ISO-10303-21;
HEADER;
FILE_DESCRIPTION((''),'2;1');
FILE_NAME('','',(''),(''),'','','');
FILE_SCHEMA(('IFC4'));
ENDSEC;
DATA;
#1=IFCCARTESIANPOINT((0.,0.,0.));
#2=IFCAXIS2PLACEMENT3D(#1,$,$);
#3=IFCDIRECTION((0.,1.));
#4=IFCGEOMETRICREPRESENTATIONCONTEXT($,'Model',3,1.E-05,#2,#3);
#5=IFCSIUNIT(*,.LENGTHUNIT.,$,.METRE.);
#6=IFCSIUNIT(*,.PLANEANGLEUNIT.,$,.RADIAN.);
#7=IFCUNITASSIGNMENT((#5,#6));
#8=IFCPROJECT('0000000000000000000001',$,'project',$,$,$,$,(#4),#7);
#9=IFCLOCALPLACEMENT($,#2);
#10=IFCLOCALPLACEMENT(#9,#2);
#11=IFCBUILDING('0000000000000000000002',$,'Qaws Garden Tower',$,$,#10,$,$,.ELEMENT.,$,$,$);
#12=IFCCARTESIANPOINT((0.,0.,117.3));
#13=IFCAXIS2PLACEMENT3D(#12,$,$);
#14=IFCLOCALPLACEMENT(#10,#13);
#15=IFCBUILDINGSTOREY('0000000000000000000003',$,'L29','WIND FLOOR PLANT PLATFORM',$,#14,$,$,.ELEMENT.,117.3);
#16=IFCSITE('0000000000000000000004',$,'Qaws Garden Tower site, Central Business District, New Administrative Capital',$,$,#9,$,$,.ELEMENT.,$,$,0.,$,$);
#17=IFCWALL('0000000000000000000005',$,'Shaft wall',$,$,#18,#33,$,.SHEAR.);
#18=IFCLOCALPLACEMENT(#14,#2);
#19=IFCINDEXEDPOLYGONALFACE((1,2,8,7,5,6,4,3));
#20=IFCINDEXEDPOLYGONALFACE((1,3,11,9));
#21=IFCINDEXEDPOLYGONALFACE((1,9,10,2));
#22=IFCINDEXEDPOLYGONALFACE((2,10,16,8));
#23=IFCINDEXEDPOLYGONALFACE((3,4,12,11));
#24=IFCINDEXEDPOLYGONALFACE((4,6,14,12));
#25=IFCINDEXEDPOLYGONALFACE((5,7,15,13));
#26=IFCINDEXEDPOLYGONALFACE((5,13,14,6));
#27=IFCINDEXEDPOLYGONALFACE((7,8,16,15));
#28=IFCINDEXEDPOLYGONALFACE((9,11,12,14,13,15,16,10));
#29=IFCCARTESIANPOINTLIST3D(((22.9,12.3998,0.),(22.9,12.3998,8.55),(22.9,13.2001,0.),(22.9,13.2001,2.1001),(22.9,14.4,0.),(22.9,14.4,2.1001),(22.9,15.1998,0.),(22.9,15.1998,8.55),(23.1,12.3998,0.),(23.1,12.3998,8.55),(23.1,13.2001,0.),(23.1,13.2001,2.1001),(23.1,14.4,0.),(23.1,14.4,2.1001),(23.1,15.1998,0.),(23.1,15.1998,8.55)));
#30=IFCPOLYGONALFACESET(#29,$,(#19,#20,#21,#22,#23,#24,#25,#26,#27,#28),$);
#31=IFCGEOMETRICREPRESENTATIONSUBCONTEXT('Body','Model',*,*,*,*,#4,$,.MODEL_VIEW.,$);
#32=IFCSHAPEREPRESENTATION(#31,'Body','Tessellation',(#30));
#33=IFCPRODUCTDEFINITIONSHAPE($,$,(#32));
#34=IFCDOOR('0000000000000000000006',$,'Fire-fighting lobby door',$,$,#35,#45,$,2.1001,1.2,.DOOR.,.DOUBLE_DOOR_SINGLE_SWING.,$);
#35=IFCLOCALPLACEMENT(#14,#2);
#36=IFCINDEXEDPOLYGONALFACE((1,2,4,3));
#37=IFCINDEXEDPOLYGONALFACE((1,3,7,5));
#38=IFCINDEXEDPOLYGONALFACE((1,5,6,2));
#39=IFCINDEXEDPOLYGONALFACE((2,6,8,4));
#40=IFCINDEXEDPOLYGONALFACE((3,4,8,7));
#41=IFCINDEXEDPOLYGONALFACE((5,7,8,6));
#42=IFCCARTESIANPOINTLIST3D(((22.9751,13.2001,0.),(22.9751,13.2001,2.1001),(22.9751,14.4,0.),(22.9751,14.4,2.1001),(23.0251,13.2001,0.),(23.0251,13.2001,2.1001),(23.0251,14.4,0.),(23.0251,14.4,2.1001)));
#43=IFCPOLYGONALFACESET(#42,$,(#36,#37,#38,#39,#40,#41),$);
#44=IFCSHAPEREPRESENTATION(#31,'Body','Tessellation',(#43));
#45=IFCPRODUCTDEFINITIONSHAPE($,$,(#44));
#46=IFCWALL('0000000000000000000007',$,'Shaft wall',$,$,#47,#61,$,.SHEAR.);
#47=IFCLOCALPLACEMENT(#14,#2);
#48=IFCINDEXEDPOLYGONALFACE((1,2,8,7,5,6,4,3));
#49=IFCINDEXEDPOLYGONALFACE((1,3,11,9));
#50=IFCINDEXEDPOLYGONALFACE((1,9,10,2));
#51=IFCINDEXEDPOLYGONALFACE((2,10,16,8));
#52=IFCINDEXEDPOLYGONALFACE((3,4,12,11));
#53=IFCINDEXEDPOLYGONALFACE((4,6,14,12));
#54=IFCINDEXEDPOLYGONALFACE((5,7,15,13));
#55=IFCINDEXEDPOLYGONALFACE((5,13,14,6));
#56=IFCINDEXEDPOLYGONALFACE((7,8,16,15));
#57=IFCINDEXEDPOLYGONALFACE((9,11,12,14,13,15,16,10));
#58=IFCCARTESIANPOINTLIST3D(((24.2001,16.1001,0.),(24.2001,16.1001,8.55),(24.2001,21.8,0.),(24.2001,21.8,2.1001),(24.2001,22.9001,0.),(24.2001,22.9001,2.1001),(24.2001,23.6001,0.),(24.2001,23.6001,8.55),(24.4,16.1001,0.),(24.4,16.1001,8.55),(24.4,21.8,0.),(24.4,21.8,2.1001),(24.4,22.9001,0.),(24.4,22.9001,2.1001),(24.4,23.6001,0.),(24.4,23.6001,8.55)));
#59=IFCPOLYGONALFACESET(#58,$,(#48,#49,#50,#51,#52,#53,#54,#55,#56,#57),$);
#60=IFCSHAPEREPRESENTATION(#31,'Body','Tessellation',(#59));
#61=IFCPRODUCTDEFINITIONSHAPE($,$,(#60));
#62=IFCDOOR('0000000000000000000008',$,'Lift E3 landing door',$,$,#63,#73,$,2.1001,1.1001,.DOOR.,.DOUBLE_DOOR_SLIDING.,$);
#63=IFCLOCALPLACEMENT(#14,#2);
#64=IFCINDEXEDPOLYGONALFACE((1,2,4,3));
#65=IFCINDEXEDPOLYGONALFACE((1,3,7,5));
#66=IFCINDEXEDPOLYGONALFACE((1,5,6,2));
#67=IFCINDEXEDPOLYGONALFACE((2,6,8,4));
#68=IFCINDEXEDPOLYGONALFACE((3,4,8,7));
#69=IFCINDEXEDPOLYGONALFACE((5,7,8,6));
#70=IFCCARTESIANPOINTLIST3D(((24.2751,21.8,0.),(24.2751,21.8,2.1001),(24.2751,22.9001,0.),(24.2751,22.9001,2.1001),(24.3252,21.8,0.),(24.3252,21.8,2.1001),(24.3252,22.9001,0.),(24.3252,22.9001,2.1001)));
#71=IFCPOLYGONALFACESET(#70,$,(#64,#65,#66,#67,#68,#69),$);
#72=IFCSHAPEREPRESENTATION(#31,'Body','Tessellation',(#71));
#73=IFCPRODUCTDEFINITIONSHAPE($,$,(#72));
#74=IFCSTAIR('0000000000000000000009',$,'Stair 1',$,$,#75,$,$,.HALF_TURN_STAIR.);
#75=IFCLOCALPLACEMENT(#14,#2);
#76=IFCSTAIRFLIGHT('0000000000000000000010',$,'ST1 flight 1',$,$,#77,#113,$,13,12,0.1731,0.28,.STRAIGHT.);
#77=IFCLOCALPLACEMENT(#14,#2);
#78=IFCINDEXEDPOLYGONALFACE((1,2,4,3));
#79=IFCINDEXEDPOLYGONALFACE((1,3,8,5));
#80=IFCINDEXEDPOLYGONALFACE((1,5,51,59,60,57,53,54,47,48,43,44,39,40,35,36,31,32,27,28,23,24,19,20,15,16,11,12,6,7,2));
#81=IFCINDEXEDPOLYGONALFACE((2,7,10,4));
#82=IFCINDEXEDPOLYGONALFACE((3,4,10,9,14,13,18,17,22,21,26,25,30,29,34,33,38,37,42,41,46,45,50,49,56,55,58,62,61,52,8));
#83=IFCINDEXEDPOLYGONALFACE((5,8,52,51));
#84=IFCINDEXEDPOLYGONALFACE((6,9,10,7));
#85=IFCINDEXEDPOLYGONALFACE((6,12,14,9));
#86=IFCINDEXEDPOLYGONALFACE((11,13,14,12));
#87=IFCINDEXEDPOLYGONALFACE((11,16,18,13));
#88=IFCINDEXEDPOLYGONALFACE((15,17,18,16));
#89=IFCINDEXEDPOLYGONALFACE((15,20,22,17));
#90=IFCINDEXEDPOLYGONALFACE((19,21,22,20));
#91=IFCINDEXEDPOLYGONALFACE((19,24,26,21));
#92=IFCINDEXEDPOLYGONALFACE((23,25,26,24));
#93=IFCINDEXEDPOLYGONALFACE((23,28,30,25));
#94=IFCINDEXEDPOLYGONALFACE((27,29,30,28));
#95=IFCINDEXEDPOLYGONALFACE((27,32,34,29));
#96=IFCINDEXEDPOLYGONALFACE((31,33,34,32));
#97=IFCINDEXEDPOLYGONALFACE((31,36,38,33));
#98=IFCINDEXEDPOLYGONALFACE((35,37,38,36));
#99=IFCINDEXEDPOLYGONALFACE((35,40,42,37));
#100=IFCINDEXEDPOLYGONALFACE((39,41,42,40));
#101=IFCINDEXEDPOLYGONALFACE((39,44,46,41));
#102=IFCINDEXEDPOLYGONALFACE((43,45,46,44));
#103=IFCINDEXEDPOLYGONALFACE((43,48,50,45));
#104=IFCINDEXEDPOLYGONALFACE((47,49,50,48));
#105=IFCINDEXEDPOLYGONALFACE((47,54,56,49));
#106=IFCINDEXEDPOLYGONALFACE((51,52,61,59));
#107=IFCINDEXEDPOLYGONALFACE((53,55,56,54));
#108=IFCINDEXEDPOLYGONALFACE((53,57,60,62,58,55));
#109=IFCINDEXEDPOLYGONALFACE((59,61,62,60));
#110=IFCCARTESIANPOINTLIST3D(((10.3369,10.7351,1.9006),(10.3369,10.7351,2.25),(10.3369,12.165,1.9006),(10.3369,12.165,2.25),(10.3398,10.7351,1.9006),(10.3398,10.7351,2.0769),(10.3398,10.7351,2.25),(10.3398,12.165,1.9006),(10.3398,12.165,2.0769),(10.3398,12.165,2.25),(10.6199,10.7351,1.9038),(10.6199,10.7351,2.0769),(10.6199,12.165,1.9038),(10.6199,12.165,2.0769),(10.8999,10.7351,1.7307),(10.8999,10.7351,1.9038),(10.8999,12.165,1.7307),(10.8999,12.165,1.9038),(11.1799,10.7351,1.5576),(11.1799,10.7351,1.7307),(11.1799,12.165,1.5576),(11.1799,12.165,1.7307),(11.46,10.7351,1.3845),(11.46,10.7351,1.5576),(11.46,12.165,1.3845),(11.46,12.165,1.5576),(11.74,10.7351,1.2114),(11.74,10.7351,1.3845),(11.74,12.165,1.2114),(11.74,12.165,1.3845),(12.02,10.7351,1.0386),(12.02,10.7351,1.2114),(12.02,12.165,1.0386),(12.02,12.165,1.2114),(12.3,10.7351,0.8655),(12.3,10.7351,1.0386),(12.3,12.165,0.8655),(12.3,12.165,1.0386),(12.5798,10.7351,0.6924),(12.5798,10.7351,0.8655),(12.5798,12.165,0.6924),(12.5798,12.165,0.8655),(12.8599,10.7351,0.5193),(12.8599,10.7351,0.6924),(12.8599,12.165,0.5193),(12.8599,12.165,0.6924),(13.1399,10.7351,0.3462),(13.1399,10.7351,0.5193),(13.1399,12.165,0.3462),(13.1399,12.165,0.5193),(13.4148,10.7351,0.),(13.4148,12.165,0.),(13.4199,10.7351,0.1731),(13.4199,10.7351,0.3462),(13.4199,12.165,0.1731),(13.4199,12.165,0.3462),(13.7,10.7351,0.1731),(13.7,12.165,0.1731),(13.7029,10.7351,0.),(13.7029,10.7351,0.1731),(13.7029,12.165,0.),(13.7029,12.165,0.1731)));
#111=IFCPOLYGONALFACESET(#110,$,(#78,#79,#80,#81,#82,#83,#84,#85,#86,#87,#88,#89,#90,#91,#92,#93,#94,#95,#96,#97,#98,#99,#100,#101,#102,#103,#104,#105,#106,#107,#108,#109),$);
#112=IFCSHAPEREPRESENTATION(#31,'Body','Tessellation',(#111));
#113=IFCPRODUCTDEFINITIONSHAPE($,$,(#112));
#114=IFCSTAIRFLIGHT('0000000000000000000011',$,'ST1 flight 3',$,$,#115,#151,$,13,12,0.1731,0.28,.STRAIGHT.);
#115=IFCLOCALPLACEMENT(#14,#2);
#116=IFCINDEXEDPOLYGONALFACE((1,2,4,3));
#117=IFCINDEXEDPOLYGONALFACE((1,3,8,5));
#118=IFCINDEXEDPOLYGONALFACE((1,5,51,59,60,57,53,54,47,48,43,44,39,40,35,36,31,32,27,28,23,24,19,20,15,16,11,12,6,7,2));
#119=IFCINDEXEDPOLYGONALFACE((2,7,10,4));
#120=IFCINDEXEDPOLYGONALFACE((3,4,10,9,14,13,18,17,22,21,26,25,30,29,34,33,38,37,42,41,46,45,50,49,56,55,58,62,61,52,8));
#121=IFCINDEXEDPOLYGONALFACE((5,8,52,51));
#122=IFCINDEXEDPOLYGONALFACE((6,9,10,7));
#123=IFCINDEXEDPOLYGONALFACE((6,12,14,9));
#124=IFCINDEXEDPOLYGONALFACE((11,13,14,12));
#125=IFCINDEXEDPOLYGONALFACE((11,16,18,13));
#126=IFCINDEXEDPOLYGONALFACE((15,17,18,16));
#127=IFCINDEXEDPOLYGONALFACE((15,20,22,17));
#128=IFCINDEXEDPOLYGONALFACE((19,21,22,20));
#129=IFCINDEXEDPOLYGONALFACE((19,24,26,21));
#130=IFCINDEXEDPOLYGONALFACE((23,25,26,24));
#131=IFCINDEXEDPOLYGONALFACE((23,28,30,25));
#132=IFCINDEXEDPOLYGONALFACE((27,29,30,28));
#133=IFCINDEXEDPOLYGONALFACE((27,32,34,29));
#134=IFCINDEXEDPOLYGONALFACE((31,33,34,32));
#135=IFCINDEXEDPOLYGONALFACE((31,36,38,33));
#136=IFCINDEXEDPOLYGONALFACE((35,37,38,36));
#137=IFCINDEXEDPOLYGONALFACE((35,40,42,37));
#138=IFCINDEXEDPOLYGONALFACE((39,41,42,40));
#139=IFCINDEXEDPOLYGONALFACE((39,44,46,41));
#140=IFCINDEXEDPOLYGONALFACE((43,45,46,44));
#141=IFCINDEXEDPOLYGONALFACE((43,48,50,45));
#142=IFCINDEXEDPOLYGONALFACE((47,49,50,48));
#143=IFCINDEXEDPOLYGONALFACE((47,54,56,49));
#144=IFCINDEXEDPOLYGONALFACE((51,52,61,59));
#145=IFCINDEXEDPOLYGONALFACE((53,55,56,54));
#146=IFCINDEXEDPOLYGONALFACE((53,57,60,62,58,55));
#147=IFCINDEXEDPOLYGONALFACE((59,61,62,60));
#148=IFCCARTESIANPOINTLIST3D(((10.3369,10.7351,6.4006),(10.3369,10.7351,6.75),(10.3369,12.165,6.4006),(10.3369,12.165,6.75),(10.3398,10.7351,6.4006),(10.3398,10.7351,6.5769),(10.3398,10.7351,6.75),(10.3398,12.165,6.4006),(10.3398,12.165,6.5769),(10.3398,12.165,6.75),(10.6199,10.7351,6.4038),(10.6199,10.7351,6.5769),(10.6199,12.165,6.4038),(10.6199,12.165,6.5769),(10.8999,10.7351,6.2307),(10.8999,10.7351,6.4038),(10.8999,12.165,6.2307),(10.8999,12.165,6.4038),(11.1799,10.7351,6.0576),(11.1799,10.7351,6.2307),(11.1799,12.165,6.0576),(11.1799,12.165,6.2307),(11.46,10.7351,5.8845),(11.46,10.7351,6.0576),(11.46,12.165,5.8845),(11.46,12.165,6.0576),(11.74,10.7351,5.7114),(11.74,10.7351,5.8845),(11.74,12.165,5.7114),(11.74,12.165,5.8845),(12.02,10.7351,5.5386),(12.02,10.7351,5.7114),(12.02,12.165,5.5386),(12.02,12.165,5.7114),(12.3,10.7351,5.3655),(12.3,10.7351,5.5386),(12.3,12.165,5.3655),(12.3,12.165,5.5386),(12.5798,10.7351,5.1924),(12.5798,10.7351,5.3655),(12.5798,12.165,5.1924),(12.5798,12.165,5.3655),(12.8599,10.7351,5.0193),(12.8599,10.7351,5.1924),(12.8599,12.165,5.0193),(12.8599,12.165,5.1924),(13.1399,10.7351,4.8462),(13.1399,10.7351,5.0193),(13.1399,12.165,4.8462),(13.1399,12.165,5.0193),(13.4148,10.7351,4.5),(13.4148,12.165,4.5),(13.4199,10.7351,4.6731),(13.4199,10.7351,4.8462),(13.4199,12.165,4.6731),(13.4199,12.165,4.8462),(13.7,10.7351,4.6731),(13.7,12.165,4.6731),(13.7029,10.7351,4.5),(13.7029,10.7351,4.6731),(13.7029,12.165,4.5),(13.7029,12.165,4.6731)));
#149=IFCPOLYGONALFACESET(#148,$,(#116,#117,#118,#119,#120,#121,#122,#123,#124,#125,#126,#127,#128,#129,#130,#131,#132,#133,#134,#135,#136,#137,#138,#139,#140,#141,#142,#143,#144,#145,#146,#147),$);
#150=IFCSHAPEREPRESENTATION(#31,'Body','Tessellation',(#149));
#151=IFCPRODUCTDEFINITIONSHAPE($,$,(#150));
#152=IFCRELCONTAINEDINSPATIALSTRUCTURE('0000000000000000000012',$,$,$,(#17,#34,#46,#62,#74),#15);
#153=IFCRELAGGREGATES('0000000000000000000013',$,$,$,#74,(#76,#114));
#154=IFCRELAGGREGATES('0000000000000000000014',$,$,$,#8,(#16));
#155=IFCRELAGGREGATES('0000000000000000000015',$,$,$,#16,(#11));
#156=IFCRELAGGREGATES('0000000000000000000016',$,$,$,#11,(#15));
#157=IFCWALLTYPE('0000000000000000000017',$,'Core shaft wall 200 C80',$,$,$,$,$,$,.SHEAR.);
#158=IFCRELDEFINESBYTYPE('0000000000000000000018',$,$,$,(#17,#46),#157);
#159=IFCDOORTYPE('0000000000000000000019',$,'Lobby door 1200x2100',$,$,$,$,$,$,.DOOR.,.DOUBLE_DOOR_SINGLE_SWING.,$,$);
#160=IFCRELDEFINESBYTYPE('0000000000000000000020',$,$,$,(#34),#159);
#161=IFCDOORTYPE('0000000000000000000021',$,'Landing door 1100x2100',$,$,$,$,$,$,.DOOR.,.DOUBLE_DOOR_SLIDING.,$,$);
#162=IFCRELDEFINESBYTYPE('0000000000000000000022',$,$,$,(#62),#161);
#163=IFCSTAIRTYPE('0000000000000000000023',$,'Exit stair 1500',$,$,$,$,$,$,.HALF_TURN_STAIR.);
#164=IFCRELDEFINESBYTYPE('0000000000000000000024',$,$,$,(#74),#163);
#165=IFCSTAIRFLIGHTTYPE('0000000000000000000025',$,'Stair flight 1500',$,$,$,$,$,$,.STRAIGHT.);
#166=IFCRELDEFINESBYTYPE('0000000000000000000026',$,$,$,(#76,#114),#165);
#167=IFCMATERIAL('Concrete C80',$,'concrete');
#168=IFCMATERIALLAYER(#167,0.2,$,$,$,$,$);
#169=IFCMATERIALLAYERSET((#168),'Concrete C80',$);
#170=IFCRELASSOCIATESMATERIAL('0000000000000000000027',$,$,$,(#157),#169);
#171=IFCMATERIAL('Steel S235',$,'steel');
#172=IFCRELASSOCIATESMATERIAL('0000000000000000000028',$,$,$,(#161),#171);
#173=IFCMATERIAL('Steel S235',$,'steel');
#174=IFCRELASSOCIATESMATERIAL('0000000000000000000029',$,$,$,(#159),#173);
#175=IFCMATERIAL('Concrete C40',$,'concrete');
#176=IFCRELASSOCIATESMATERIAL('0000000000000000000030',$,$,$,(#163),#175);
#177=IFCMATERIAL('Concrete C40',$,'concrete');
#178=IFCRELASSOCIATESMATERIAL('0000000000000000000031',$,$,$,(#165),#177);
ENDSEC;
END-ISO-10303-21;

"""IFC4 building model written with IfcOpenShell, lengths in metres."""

from ifc_helpers import new_model, si_unit, direction, frame, frame_2d, origin, place, context, subcontext, project, spatial, polyline, rectangle, outline, extrude, material, layer, layer_set, type_object, element, fill, aggregate, save


model = new_model("IFC4")

# Units and contexts
model_context = context("Model", 3, precision=1e-05, world=origin(), true_north=direction((0.0, 1.0)))
body_context = subcontext(model_context, "Body", "Model", "MODEL_VIEW")
ifc_project = project(units=[si_unit("LENGTHUNIT", "METRE"), si_unit("PLANEANGLEUNIT", "RADIAN")], contexts=[model_context])

# Site, building, storey
site_placement = place(None, origin())
site = spatial("IfcSite", under=ifc_project, at=site_placement, Name="Qaws Garden Tower site, Central Business District, New Administrative Capital", CompositionType="ELEMENT", RefElevation=0.0)
building_placement = place(site_placement, origin())
building = spatial("IfcBuilding", under=site, at=building_placement, Name="Qaws Garden Tower", CompositionType="ELEMENT")
storey_placement = place(building_placement, frame((0.0, 0.0, 117.3)))
storey = spatial("IfcBuildingStorey", under=building, at=storey_placement, Name="L29", Description="WIND FLOOR PLANT PLATFORM", CompositionType="ELEMENT", Elevation=117.3)

# Shared definitions
ifc_material_1 = material(Name="Concrete C80", Category="concrete")
ifc_layer = layer(ifc_material_1, 0.2)
ifc_layer_set = layer_set([ifc_layer], Name="Concrete C80")
wall_type = type_object("IfcWallType", Name="Core shaft wall 200 C80", PredefinedType="SHEAR", material=ifc_layer_set)
ifc_material_2 = material(Name="Steel S235", Category="steel")
door_type_1 = type_object("IfcDoorType", Name="Landing door 1100x2100", OperationType="DOUBLE_DOOR_SLIDING", PredefinedType="DOOR", material=ifc_material_2)

# Walls, openings, doors
wall_1_placement = place(storey_placement, frame((23.0, 12.3999, 0.0), z_axis=(0.0, 0.0, 1.0), x_axis=(0.0, 1.0, 0.0)))
wall_1 = element("IfcWall", 1, at=wall_1_placement, inside=storey, type_object=wall_type, Name="Shaft wall", PredefinedType="SHEAR", context=body_context, shape_type="SweptSolid", body=[
    extrude(rectangle(XDim=2.8, YDim=0.2, at=frame_2d((1.3999, 0.0))), origin(), (0.0, 0.0, 1.0), 8.55),
])
opening_1_placement = place(wall_1_placement, frame((0.8, 0.0, 0.0)))
opening_1 = element("IfcOpeningElement", 2, at=opening_1_placement, cuts=wall_1, PredefinedType="OPENING", context=body_context, shape_type="SweptSolid", body=[
    extrude(rectangle(XDim=1.2, YDim=2.1001, at=frame_2d((0.6001, 1.05))), frame((0.0, 0.1099, 0.0), z_axis=(0.0, -1.0, 0.0), x_axis=(1.0, 0.0, 0.0)), (0.0, 0.0, 1.0), 0.22),
])
ifc_material_3 = material(Name="Steel S235", Category="steel")
door_type_2 = type_object("IfcDoorType", Name="Lobby door 1200x2100", OperationType="DOUBLE_DOOR_SINGLE_SWING", PredefinedType="DOOR", material=ifc_material_3)
door_1_placement = place(opening_1_placement, origin())
door_1 = element("IfcDoor", 3, at=door_1_placement, inside=storey, type_object=door_type_2, Name="Fire-fighting lobby door", OperationType="DOUBLE_DOOR_SINGLE_SWING", OverallHeight=2.1001, OverallWidth=1.2, PredefinedType="DOOR", context=body_context, shape_type="SweptSolid", body=[
    extrude(rectangle(XDim=1.2, YDim=2.1001, at=frame_2d((0.6001, 1.05))), frame((0.0, 0.0249, 0.0), z_axis=(0.0, -1.0, 0.0), x_axis=(1.0, 0.0, 0.0)), (0.0, 0.0, 1.0), 0.05),
])
fill(opening_1, door_1)
wall_2_placement = place(storey_placement, frame((24.3, 16.1001, 0.0), z_axis=(0.0, 0.0, 1.0), x_axis=(0.0, 1.0, 0.0)))
wall_2 = element("IfcWall", 4, at=wall_2_placement, inside=storey, type_object=wall_type, Name="Shaft wall", PredefinedType="SHEAR", context=body_context, shape_type="SweptSolid", body=[
    extrude(rectangle(XDim=7.5, YDim=0.2, at=frame_2d((3.75, 0.0))), origin(), (0.0, 0.0, 1.0), 8.55),
])
opening_2_placement = place(wall_2_placement, frame((5.7, 0.0, 0.0)))
opening_2 = element("IfcOpeningElement", 5, at=opening_2_placement, cuts=wall_2, PredefinedType="OPENING", context=body_context, shape_type="SweptSolid", body=[
    extrude(rectangle(XDim=1.1001, YDim=2.1001, at=frame_2d((0.55, 1.05))), frame((0.0, 0.1099, 0.0), z_axis=(0.0, -1.0, 0.0), x_axis=(1.0, 0.0, 0.0)), (0.0, 0.0, 1.0), 0.22),
])
door_2_placement = place(opening_2_placement, origin())
door_2 = element("IfcDoor", 6, at=door_2_placement, inside=storey, type_object=door_type_1, Name="Lift E3 landing door", OperationType="DOUBLE_DOOR_SLIDING", OverallHeight=2.1001, OverallWidth=1.1001, PredefinedType="DOOR", context=body_context, shape_type="SweptSolid", body=[
    extrude(rectangle(XDim=1.1001, YDim=2.1001, at=frame_2d((0.55, 1.05))), frame((0.0, 0.0249, 0.0), z_axis=(0.0, -1.0, 0.0), x_axis=(1.0, 0.0, 0.0)), (0.0, 0.0, 1.0), 0.05),
])
fill(opening_2, door_2)

# Stair, stair flights
ifc_material_4 = material(Name="Concrete C40", Category="concrete")
stair_type = type_object("IfcStairType", Name="Exit stair 1500", PredefinedType="HALF_TURN_STAIR", material=ifc_material_4)
stair_placement = place(storey_placement, origin())
stair = element("IfcStair", 7, at=stair_placement, inside=storey, type_object=stair_type, Name="Stair 1", PredefinedType="HALF_TURN_STAIR")
ifc_material_5 = material(Name="Concrete C40", Category="concrete")
stair_flight_type = type_object("IfcStairFlightType", Name="Stair flight 1500", PredefinedType="STRAIGHT", material=ifc_material_5)
stair_flight_1_placement = place(storey_placement, frame((13.7, 11.45, 0.0), z_axis=(0.0, 0.0, 1.0), x_axis=(-1.0, 0.0, 0.0)))
stair_flight_1 = element("IfcStairFlight", 8, at=stair_flight_1_placement, type_object=stair_flight_type, Name="ST1 flight 1", NumberOfRisers=13, NumberOfTreads=12, PredefinedType="STRAIGHT", RiserHeight=0.1731, TreadLength=0.28, context=body_context, shape_type="SweptSolid", body=[
    extrude(outline(polyline([(-0.0029, 0.0), (-0.0029, 0.1731), (0.0, 0.1731), (0.28, 0.1731), (0.28, 0.3462), (0.5601, 0.3462), (0.5601, 0.5193), (0.8401, 0.5193), (0.8401, 0.6924), (1.1201, 0.6924), (1.1201, 0.8655), (1.3999, 0.8655), (1.3999, 1.0386), (1.6799, 1.0386), (1.6799, 1.2114), (1.96, 1.2114), (1.96, 1.3845), (2.24, 1.3845), (2.24, 1.5576), (2.52, 1.5576), (2.52, 1.7307), (2.8, 1.7307), (2.8, 1.9038), (3.0801, 1.9038), (3.0801, 2.0769), (3.3601, 2.0769), (3.3601, 2.25), (3.363, 2.25), (3.363, 1.9006), (3.3601, 1.9006), (0.2852, 0.0), (-0.0029, 0.0)])), frame((0.0, 0.7148, 0.0), z_axis=(0.0, -1.0, 0.0), x_axis=(1.0, 0.0, 0.0)), (0.0, 0.0, 1.0), 1.4299),
])
stair_flight_2_placement = place(storey_placement, frame((13.7, 11.45, 4.5), z_axis=(0.0, 0.0, 1.0), x_axis=(-1.0, 0.0, 0.0)))
stair_flight_2 = element("IfcStairFlight", 9, at=stair_flight_2_placement, type_object=stair_flight_type, Name="ST1 flight 3", NumberOfRisers=13, NumberOfTreads=12, PredefinedType="STRAIGHT", RiserHeight=0.1731, TreadLength=0.28, context=body_context, shape_type="SweptSolid", body=[
    extrude(outline(polyline([(-0.0029, 0.0), (-0.0029, 0.1731), (0.0, 0.1731), (0.28, 0.1731), (0.28, 0.3462), (0.5601, 0.3462), (0.5601, 0.5193), (0.8401, 0.5193), (0.8401, 0.6924), (1.1201, 0.6924), (1.1201, 0.8655), (1.3999, 0.8655), (1.3999, 1.0386), (1.6799, 1.0386), (1.6799, 1.2114), (1.96, 1.2114), (1.96, 1.3845), (2.24, 1.3845), (2.24, 1.5576), (2.52, 1.5576), (2.52, 1.7307), (2.8, 1.7307), (2.8, 1.9038), (3.0801, 1.9038), (3.0801, 2.0769), (3.3601, 2.0769), (3.3601, 2.25), (3.363, 2.25), (3.363, 1.9006), (3.3601, 1.9006), (0.2852, 0.0), (-0.0029, 0.0)])), frame((0.0, 0.7148, 0.0), z_axis=(0.0, -1.0, 0.0), x_axis=(1.0, 0.0, 0.0)), (0.0, 0.0, 1.0), 1.4299),
])
aggregate(stair, [stair_flight_1, stair_flight_2])

save(model, "model.ifc")
